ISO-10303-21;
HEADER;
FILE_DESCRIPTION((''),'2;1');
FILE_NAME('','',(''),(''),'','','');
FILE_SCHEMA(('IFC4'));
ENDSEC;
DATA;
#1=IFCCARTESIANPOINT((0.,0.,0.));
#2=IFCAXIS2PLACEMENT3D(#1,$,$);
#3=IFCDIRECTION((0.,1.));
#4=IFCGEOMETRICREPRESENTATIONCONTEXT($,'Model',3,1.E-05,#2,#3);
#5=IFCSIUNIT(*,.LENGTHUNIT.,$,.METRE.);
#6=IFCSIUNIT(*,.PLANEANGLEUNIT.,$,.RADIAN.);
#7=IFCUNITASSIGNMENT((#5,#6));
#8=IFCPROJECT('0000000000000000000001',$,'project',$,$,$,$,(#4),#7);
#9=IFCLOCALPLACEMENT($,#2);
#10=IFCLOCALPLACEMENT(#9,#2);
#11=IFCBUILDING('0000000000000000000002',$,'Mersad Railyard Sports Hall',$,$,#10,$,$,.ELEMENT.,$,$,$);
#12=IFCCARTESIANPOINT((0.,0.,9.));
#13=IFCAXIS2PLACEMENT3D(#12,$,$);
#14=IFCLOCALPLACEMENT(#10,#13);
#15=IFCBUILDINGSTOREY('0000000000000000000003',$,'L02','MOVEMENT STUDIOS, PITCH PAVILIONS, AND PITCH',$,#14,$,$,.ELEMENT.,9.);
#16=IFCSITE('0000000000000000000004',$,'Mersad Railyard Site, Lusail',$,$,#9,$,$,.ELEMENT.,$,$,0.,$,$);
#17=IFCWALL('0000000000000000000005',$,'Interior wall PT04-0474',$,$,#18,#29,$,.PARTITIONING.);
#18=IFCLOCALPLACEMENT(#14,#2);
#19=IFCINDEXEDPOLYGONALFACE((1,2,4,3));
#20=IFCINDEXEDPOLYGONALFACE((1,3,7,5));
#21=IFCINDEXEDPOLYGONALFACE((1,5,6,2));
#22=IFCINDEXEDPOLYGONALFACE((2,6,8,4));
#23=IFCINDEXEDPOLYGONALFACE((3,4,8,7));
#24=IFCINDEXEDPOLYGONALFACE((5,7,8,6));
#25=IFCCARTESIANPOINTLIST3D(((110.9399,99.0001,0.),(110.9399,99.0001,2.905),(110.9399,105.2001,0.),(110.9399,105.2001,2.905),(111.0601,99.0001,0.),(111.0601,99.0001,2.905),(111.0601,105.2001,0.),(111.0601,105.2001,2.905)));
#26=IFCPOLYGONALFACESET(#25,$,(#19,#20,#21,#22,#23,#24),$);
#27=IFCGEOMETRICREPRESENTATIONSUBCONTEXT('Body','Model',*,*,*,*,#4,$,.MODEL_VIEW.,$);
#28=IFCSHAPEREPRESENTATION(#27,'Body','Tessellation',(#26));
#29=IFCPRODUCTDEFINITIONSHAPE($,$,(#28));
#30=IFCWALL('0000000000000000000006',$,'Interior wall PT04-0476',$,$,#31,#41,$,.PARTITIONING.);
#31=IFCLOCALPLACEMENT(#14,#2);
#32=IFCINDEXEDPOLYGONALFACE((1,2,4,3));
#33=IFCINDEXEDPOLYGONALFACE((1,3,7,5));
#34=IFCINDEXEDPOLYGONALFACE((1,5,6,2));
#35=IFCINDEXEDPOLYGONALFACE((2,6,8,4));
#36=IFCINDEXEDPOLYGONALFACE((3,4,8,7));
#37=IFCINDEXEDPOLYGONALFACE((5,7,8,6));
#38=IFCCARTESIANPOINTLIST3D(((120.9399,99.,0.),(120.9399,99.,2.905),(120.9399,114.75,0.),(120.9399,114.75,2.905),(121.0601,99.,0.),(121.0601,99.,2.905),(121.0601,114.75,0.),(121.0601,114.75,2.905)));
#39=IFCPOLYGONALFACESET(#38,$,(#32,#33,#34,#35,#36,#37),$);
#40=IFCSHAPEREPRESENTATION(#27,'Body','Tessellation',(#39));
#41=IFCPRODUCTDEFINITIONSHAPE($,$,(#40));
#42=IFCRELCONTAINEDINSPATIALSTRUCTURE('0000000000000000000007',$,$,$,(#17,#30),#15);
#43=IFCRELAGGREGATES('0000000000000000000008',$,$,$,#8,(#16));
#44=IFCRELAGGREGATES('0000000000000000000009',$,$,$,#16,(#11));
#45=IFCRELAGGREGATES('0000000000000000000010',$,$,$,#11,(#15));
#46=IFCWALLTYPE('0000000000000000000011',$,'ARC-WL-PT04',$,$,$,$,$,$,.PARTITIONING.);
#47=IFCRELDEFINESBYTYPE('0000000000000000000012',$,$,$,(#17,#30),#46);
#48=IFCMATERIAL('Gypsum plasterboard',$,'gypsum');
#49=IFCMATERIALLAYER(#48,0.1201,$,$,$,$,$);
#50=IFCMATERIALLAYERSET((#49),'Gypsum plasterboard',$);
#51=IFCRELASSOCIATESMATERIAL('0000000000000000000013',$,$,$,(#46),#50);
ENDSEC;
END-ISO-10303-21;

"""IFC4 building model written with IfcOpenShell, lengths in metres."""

from ifc_helpers import new_model, si_unit, direction, frame, frame_2d, origin, place, context, subcontext, project, spatial, rectangle, extrude, material, layer, layer_set, type_object, element, save


model = new_model("IFC4")

# Units and contexts
model_context = context("Model", 3, precision=1e-05, world=origin(), true_north=direction((0.0, 1.0)))
body_context = subcontext(model_context, "Body", "Model", "MODEL_VIEW")
ifc_project = project(units=[si_unit("LENGTHUNIT", "METRE"), si_unit("PLANEANGLEUNIT", "RADIAN")], contexts=[model_context])

# Site, building, storey
site_placement = place(None, origin())
site = spatial("IfcSite", under=ifc_project, at=site_placement, Name="Mersad Railyard Site, Lusail", CompositionType="ELEMENT", RefElevation=0.0)
building_placement = place(site_placement, origin())
building = spatial("IfcBuilding", under=site, at=building_placement, Name="Mersad Railyard Sports Hall", CompositionType="ELEMENT")
storey_placement = place(building_placement, frame((0.0, 0.0, 9.0)))
storey = spatial("IfcBuildingStorey", under=building, at=storey_placement, Name="L02", Description="MOVEMENT STUDIOS, PITCH PAVILIONS, AND PITCH", CompositionType="ELEMENT", Elevation=9.0)

# Shared definitions
ifc_material_1 = material(Name="Gypsum plasterboard", Category="gypsum")

# Walls
ifc_layer_1 = layer(ifc_material_1, 0.1201)
ifc_layer_set_1 = layer_set([ifc_layer_1], Name="Gypsum plasterboard")
wall_type_1 = type_object("IfcWallType", Name="ARC-WL-PT04", PredefinedType="PARTITIONING", material=ifc_layer_set_1)
wall_1_placement = place(storey_placement, frame((111.0, 99.0, 0.0), z_axis=(0.0, 0.0, 1.0), x_axis=(0.0, 1.0, 0.0)))
element("IfcWall", 1, at=wall_1_placement, inside=storey, type_object=wall_type_1, Name="Interior wall PT04-0474", PredefinedType="PARTITIONING", context=body_context, shape_type="SweptSolid", body=[
    extrude(rectangle(XDim=6.2, YDim=0.1201, at=frame_2d((3.1001, 0.0))), origin(), (0.0, 0.0, 1.0), 2.905),
])
wall_2_placement = place(storey_placement, frame((121.0, 99.0, 0.0), z_axis=(0.0, 0.0, 1.0), x_axis=(0.0, 1.0, 0.0)))
element("IfcWall", 2, at=wall_2_placement, inside=storey, type_object=wall_type_1, Name="Interior wall PT04-0476", PredefinedType="PARTITIONING", context=body_context, shape_type="SweptSolid", body=[
    extrude(rectangle(XDim=15.75, YDim=0.1201, at=frame_2d((7.875, 0.0))), origin(), (0.0, 0.0, 1.0), 2.905),
])

save(model, "model.ifc")
